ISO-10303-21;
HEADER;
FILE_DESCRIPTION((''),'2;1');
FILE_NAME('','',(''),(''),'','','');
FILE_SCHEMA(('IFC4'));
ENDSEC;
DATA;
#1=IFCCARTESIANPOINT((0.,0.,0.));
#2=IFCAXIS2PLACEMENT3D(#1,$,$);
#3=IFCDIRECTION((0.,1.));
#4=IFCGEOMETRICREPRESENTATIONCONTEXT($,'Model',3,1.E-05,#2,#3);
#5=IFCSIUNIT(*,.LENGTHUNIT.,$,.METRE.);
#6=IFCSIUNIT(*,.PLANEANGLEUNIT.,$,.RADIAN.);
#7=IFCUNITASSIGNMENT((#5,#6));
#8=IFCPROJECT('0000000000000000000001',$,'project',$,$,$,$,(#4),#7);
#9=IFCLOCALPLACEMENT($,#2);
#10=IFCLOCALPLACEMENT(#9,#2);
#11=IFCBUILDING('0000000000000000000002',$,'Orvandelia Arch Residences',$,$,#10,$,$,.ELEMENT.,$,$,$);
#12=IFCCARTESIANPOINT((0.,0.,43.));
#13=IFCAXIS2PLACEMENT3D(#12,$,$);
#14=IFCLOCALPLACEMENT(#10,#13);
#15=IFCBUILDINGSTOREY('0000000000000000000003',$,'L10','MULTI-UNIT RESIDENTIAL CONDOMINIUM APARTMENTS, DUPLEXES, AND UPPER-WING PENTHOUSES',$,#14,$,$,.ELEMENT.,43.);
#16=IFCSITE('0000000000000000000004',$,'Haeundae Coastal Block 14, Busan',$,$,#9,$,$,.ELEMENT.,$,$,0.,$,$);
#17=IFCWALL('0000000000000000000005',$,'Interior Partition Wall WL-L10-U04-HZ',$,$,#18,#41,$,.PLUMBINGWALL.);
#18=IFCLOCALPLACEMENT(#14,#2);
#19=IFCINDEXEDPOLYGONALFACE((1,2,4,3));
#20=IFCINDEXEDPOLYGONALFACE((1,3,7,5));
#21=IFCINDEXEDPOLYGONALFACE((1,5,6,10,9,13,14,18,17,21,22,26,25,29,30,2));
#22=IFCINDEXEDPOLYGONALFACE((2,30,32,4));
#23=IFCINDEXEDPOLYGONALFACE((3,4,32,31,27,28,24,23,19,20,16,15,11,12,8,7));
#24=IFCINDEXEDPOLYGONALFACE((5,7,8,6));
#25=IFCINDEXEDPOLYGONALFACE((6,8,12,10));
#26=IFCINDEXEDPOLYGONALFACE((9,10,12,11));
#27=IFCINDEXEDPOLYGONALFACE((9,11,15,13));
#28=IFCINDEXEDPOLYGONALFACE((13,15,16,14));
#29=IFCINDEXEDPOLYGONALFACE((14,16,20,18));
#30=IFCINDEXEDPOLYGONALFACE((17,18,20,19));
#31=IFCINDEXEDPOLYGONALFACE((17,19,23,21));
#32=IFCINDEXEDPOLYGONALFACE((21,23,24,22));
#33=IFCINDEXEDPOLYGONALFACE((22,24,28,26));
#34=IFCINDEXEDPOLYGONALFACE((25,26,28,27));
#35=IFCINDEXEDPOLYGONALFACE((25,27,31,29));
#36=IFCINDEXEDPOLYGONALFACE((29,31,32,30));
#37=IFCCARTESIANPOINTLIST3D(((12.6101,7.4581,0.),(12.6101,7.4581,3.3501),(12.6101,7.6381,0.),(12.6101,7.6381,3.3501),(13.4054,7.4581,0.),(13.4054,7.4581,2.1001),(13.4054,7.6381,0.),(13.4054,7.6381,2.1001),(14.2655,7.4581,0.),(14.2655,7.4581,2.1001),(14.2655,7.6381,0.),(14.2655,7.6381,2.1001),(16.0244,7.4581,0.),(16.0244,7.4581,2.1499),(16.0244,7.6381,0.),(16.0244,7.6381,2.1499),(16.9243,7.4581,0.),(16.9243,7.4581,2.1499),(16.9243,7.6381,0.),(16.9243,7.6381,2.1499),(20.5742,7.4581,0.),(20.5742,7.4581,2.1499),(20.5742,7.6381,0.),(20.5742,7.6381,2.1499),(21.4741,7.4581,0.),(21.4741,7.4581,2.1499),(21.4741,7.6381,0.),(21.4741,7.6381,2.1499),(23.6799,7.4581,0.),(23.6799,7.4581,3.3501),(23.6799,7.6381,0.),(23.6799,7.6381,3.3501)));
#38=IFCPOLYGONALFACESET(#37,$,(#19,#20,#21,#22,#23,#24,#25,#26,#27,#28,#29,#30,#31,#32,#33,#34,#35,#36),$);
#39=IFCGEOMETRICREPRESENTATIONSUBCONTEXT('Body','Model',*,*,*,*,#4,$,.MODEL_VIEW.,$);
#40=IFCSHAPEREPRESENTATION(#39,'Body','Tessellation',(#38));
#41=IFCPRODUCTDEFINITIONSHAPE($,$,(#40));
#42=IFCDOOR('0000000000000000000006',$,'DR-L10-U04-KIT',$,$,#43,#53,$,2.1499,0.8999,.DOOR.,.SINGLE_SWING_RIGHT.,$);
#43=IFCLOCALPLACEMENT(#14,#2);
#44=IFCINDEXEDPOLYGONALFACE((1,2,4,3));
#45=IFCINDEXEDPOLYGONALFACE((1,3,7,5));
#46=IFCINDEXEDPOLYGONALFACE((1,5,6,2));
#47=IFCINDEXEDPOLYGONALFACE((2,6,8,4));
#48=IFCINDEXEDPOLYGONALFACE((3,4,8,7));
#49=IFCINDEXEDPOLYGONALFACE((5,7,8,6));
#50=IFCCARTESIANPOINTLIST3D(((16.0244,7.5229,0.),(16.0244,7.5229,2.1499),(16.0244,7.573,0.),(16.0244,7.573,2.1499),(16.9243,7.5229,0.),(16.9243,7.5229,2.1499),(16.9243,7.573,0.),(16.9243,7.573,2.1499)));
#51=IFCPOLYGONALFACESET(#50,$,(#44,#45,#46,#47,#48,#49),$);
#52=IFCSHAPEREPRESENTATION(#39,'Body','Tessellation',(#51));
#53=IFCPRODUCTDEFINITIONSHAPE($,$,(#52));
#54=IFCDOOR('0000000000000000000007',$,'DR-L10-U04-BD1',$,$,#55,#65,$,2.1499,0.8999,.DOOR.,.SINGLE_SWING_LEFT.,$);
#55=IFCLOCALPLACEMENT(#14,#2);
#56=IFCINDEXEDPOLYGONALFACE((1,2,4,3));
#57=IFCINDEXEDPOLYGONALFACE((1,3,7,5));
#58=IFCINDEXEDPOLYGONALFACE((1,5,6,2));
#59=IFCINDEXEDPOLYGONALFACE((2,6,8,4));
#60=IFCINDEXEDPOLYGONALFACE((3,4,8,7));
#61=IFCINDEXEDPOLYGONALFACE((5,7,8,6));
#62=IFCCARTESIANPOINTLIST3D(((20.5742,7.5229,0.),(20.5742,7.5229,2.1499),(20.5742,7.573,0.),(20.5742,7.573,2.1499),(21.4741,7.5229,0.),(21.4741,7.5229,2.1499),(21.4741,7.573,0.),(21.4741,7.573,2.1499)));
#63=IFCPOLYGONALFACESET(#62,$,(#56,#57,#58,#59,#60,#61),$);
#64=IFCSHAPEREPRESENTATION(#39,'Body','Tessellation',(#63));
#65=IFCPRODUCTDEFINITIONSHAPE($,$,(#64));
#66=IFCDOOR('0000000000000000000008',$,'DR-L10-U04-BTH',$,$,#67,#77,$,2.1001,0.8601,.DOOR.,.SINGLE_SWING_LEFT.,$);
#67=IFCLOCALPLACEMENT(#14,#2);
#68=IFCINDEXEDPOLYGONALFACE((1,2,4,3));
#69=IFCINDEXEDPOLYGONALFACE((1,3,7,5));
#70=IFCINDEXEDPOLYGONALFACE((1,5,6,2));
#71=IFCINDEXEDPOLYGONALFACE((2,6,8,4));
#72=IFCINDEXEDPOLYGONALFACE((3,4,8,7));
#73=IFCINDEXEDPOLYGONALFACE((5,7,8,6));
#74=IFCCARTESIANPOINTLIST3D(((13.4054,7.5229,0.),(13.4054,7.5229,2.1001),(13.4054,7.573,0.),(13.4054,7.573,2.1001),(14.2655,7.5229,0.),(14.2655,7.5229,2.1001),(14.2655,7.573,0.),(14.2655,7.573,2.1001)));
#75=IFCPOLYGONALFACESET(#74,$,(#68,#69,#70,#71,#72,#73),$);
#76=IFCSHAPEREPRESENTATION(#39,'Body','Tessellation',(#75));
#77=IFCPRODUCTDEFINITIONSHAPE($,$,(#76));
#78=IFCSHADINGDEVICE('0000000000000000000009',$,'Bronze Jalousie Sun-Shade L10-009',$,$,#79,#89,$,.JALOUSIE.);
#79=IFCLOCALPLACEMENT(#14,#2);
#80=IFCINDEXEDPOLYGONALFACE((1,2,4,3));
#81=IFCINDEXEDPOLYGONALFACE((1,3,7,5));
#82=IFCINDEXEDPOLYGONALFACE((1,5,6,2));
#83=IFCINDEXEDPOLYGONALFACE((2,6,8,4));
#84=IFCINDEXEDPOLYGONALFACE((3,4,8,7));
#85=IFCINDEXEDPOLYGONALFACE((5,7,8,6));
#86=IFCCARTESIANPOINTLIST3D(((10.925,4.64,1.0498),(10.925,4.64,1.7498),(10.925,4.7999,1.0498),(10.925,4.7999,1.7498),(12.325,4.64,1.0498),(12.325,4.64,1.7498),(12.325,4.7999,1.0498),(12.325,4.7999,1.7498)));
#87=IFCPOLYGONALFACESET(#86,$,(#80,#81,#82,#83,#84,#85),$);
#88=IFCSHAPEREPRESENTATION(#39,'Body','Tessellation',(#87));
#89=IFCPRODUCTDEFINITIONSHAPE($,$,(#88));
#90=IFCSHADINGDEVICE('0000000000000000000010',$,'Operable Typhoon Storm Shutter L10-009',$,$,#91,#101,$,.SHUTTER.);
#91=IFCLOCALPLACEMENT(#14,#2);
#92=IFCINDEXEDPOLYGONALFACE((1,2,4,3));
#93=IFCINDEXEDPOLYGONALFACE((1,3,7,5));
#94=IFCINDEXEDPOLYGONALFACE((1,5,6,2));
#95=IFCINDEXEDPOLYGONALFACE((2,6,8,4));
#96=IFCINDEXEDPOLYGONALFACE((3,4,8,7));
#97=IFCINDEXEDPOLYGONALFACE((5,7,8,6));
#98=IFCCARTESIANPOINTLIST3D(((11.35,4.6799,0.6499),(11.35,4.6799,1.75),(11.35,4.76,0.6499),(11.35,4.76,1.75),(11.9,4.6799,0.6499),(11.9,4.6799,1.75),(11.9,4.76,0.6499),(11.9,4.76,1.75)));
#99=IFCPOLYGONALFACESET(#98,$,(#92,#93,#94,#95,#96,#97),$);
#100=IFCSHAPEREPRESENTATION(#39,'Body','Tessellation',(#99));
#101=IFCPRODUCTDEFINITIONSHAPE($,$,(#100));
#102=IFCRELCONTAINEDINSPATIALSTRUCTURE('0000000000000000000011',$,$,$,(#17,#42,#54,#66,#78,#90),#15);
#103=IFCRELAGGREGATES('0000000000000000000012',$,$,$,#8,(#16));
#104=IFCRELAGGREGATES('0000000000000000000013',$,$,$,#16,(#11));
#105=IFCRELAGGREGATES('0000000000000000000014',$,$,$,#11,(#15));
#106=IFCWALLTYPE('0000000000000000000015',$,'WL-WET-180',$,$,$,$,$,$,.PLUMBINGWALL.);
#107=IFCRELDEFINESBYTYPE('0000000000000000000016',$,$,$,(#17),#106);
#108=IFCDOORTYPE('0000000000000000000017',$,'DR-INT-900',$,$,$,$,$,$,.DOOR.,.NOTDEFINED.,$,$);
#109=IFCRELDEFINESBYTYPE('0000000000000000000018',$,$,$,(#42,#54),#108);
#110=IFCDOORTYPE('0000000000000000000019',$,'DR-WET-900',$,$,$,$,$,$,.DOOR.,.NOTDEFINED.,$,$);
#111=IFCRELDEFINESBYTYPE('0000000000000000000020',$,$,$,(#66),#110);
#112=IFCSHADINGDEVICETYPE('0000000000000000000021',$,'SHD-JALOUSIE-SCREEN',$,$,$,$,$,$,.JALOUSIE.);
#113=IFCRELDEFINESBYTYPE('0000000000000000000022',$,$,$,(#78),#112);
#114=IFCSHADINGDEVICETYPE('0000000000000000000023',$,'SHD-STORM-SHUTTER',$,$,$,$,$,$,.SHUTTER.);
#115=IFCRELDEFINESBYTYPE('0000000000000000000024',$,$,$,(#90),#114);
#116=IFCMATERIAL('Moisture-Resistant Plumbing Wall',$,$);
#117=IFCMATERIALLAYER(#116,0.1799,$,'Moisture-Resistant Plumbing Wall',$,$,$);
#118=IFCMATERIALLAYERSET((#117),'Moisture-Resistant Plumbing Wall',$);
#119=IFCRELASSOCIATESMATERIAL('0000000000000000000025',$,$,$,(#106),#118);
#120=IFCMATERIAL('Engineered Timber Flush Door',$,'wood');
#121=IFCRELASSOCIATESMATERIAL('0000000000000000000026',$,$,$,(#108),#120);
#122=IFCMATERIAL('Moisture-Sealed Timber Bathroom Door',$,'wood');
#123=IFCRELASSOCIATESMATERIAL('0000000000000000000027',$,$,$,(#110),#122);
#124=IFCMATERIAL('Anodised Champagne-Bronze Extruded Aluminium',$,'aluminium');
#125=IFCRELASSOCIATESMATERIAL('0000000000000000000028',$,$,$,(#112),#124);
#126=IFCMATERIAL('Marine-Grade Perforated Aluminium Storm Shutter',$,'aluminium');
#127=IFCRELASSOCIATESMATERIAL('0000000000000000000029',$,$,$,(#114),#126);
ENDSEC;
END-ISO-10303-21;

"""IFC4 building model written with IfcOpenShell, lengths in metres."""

from ifc_helpers import new_model, si_unit, direction, frame, frame_2d, origin, origin_2d, place, context, subcontext, project, spatial, rectangle, extrude, material, layer, layer_set, type_object, element, fill, save


model = new_model("IFC4")

# Units and contexts
model_context = context("Model", 3, precision=1e-05, world=origin(), true_north=direction((0.0, 1.0)))
body_context = subcontext(model_context, "Body", "Model", "MODEL_VIEW")
ifc_project = project(units=[si_unit("LENGTHUNIT", "METRE"), si_unit("PLANEANGLEUNIT", "RADIAN")], contexts=[model_context])

# Site, building, storey
site_placement = place(None, origin())
site = spatial("IfcSite", under=ifc_project, at=site_placement, Name="Haeundae Coastal Block 14, Busan", CompositionType="ELEMENT", RefElevation=0.0)
building_placement = place(site_placement, origin())
building = spatial("IfcBuilding", under=site, at=building_placement, Name="Orvandelia Arch Residences", CompositionType="ELEMENT")
storey_placement = place(building_placement, frame((0.0, 0.0, 43.0)))
storey = spatial("IfcBuildingStorey", under=building, at=storey_placement, Name="L10", Description="MULTI-UNIT RESIDENTIAL CONDOMINIUM APARTMENTS, DUPLEXES, AND UPPER-WING PENTHOUSES", CompositionType="ELEMENT", Elevation=43.0)

# Shared definitions
ifc_material_1 = material(Name="Moisture-Resistant Plumbing Wall")
ifc_layer_1 = layer(ifc_material_1, 0.1799, Name="Moisture-Resistant Plumbing Wall")
ifc_layer_set_1 = layer_set([ifc_layer_1], Name="Moisture-Resistant Plumbing Wall")
wall_type_1 = type_object("IfcWallType", Name="WL-WET-180", PredefinedType="PLUMBINGWALL", material=ifc_layer_set_1)

# Wall, openings, doors
wall_1_placement = place(storey_placement, frame((12.6101, 7.5481, 0.0), z_axis=(0.0, 0.0, 1.0), x_axis=(1.0, 0.0, 0.0)))
wall_1 = element("IfcWall", 1, at=wall_1_placement, inside=storey, type_object=wall_type_1, Name="Interior Partition Wall WL-L10-U04-HZ", PredefinedType="PLUMBINGWALL", context=body_context, shape_type="SweptSolid", body=[
    extrude(rectangle(XDim=11.0698, YDim=0.1799, at=frame_2d((5.5349, 0.0))), origin(), (0.0, 0.0, 1.0), 3.3501),
])
opening_1_placement = place(wall_1_placement, frame((0.7952, 0.0, 0.0)))
opening_1 = element("IfcOpeningElement", 2, at=opening_1_placement, cuts=wall_1, PredefinedType="OPENING", context=body_context, shape_type="SweptSolid", body=[
    extrude(rectangle(XDim=0.8601, YDim=2.1001, at=frame_2d((0.4302, 1.05))), frame((0.0, 0.1001, 0.0), z_axis=(0.0, -1.0, 0.0), x_axis=(1.0, 0.0, 0.0)), (0.0, 0.0, 1.0), 0.2),
])
opening_2_placement = place(wall_1_placement, frame((3.4143, 0.0, 0.0)))
opening_2 = element("IfcOpeningElement", 3, at=opening_2_placement, cuts=wall_1, PredefinedType="OPENING", context=body_context, shape_type="SweptSolid", body=[
    extrude(rectangle(XDim=0.8999, YDim=2.1499, at=frame_2d((0.45, 1.075))), frame((0.0, 0.1001, 0.0), z_axis=(0.0, -1.0, 0.0), x_axis=(1.0, 0.0, 0.0)), (0.0, 0.0, 1.0), 0.2),
])
opening_3_placement = place(wall_1_placement, frame((7.9641, 0.0, 0.0)))
opening_3 = element("IfcOpeningElement", 4, at=opening_3_placement, cuts=wall_1, PredefinedType="OPENING", context=body_context, shape_type="SweptSolid", body=[
    extrude(rectangle(XDim=0.8999, YDim=2.1499, at=frame_2d((0.45, 1.075))), frame((0.0, 0.1001, 0.0), z_axis=(0.0, -1.0, 0.0), x_axis=(1.0, 0.0, 0.0)), (0.0, 0.0, 1.0), 0.2),
])
ifc_material_2 = material(Name="Engineered Timber Flush Door", Category="wood")
door_type_1 = type_object("IfcDoorType", Name="DR-INT-900", OperationType="NOTDEFINED", PredefinedType="DOOR", material=ifc_material_2)
door_1_placement = place(opening_2_placement, origin())
door_1 = element("IfcDoor", 5, at=door_1_placement, inside=storey, type_object=door_type_1, Name="DR-L10-U04-KIT", OperationType="SINGLE_SWING_RIGHT", OverallHeight=2.1499, OverallWidth=0.8999, PredefinedType="DOOR", context=body_context, shape_type="SweptSolid", body=[
    extrude(rectangle(XDim=0.8999, YDim=2.1499, at=frame_2d((0.45, 1.075))), frame((0.0, 0.0249, 0.0), z_axis=(0.0, -1.0, 0.0), x_axis=(1.0, 0.0, 0.0)), (0.0, 0.0, 1.0), 0.05),
])
fill(opening_2, door_1)
door_2_placement = place(opening_3_placement, origin())
door_2 = element("IfcDoor", 6, at=door_2_placement, inside=storey, type_object=door_type_1, Name="DR-L10-U04-BD1", OperationType="SINGLE_SWING_LEFT", OverallHeight=2.1499, OverallWidth=0.8999, PredefinedType="DOOR", context=body_context, shape_type="SweptSolid", body=[
    extrude(rectangle(XDim=0.8999, YDim=2.1499, at=frame_2d((0.45, 1.075))), frame((0.0, 0.0249, 0.0), z_axis=(0.0, -1.0, 0.0), x_axis=(1.0, 0.0, 0.0)), (0.0, 0.0, 1.0), 0.05),
])
fill(opening_3, door_2)
ifc_material_3 = material(Name="Moisture-Sealed Timber Bathroom Door", Category="wood")
door_type_2 = type_object("IfcDoorType", Name="DR-WET-900", OperationType="NOTDEFINED", PredefinedType="DOOR", material=ifc_material_3)
door_3_placement = place(opening_1_placement, origin())
door_3 = element("IfcDoor", 7, at=door_3_placement, inside=storey, type_object=door_type_2, Name="DR-L10-U04-BTH", OperationType="SINGLE_SWING_LEFT", OverallHeight=2.1001, OverallWidth=0.8601, PredefinedType="DOOR", context=body_context, shape_type="SweptSolid", body=[
    extrude(rectangle(XDim=0.8601, YDim=2.1001, at=frame_2d((0.4302, 1.05))), frame((0.0, 0.0249, 0.0), z_axis=(0.0, -1.0, 0.0), x_axis=(1.0, 0.0, 0.0)), (0.0, 0.0, 1.0), 0.05),
])
fill(opening_1, door_3)

# Shading devices
ifc_material_4 = material(Name="Anodised Champagne-Bronze Extruded Aluminium", Category="aluminium")
shading_device_type_1 = type_object("IfcShadingDeviceType", Name="SHD-JALOUSIE-SCREEN", PredefinedType="JALOUSIE", material=ifc_material_4)
shading_device_1_placement = place(storey_placement, frame((11.625, 4.72, 1.0498), z_axis=(0.0, 0.0, 1.0), x_axis=(-1.0, 0.0, 0.0)))
element("IfcShadingDevice", 8, at=shading_device_1_placement, inside=storey, type_object=shading_device_type_1, Name="Bronze Jalousie Sun-Shade L10-009", PredefinedType="JALOUSIE", context=body_context, shape_type="SweptSolid", body=[
    extrude(rectangle(XDim=1.3999, YDim=0.1599, at=origin_2d()), origin(), (0.0, 0.0, 1.0), 0.7),
])
ifc_material_5 = material(Name="Marine-Grade Perforated Aluminium Storm Shutter", Category="aluminium")
shading_device_type_2 = type_object("IfcShadingDeviceType", Name="SHD-STORM-SHUTTER", PredefinedType="SHUTTER", material=ifc_material_5)
shading_device_2_placement = place(storey_placement, frame((11.625, 4.72, 0.6499), z_axis=(0.0, 0.0, 1.0), x_axis=(-1.0, 0.0, 0.0)))
element("IfcShadingDevice", 9, at=shading_device_2_placement, inside=storey, type_object=shading_device_type_2, Name="Operable Typhoon Storm Shutter L10-009", PredefinedType="SHUTTER", context=body_context, shape_type="SweptSolid", body=[
    extrude(rectangle(XDim=0.55, YDim=0.0801, at=origin_2d()), origin(), (0.0, 0.0, 1.0), 1.1001),
])

save(model, "model.ifc")
